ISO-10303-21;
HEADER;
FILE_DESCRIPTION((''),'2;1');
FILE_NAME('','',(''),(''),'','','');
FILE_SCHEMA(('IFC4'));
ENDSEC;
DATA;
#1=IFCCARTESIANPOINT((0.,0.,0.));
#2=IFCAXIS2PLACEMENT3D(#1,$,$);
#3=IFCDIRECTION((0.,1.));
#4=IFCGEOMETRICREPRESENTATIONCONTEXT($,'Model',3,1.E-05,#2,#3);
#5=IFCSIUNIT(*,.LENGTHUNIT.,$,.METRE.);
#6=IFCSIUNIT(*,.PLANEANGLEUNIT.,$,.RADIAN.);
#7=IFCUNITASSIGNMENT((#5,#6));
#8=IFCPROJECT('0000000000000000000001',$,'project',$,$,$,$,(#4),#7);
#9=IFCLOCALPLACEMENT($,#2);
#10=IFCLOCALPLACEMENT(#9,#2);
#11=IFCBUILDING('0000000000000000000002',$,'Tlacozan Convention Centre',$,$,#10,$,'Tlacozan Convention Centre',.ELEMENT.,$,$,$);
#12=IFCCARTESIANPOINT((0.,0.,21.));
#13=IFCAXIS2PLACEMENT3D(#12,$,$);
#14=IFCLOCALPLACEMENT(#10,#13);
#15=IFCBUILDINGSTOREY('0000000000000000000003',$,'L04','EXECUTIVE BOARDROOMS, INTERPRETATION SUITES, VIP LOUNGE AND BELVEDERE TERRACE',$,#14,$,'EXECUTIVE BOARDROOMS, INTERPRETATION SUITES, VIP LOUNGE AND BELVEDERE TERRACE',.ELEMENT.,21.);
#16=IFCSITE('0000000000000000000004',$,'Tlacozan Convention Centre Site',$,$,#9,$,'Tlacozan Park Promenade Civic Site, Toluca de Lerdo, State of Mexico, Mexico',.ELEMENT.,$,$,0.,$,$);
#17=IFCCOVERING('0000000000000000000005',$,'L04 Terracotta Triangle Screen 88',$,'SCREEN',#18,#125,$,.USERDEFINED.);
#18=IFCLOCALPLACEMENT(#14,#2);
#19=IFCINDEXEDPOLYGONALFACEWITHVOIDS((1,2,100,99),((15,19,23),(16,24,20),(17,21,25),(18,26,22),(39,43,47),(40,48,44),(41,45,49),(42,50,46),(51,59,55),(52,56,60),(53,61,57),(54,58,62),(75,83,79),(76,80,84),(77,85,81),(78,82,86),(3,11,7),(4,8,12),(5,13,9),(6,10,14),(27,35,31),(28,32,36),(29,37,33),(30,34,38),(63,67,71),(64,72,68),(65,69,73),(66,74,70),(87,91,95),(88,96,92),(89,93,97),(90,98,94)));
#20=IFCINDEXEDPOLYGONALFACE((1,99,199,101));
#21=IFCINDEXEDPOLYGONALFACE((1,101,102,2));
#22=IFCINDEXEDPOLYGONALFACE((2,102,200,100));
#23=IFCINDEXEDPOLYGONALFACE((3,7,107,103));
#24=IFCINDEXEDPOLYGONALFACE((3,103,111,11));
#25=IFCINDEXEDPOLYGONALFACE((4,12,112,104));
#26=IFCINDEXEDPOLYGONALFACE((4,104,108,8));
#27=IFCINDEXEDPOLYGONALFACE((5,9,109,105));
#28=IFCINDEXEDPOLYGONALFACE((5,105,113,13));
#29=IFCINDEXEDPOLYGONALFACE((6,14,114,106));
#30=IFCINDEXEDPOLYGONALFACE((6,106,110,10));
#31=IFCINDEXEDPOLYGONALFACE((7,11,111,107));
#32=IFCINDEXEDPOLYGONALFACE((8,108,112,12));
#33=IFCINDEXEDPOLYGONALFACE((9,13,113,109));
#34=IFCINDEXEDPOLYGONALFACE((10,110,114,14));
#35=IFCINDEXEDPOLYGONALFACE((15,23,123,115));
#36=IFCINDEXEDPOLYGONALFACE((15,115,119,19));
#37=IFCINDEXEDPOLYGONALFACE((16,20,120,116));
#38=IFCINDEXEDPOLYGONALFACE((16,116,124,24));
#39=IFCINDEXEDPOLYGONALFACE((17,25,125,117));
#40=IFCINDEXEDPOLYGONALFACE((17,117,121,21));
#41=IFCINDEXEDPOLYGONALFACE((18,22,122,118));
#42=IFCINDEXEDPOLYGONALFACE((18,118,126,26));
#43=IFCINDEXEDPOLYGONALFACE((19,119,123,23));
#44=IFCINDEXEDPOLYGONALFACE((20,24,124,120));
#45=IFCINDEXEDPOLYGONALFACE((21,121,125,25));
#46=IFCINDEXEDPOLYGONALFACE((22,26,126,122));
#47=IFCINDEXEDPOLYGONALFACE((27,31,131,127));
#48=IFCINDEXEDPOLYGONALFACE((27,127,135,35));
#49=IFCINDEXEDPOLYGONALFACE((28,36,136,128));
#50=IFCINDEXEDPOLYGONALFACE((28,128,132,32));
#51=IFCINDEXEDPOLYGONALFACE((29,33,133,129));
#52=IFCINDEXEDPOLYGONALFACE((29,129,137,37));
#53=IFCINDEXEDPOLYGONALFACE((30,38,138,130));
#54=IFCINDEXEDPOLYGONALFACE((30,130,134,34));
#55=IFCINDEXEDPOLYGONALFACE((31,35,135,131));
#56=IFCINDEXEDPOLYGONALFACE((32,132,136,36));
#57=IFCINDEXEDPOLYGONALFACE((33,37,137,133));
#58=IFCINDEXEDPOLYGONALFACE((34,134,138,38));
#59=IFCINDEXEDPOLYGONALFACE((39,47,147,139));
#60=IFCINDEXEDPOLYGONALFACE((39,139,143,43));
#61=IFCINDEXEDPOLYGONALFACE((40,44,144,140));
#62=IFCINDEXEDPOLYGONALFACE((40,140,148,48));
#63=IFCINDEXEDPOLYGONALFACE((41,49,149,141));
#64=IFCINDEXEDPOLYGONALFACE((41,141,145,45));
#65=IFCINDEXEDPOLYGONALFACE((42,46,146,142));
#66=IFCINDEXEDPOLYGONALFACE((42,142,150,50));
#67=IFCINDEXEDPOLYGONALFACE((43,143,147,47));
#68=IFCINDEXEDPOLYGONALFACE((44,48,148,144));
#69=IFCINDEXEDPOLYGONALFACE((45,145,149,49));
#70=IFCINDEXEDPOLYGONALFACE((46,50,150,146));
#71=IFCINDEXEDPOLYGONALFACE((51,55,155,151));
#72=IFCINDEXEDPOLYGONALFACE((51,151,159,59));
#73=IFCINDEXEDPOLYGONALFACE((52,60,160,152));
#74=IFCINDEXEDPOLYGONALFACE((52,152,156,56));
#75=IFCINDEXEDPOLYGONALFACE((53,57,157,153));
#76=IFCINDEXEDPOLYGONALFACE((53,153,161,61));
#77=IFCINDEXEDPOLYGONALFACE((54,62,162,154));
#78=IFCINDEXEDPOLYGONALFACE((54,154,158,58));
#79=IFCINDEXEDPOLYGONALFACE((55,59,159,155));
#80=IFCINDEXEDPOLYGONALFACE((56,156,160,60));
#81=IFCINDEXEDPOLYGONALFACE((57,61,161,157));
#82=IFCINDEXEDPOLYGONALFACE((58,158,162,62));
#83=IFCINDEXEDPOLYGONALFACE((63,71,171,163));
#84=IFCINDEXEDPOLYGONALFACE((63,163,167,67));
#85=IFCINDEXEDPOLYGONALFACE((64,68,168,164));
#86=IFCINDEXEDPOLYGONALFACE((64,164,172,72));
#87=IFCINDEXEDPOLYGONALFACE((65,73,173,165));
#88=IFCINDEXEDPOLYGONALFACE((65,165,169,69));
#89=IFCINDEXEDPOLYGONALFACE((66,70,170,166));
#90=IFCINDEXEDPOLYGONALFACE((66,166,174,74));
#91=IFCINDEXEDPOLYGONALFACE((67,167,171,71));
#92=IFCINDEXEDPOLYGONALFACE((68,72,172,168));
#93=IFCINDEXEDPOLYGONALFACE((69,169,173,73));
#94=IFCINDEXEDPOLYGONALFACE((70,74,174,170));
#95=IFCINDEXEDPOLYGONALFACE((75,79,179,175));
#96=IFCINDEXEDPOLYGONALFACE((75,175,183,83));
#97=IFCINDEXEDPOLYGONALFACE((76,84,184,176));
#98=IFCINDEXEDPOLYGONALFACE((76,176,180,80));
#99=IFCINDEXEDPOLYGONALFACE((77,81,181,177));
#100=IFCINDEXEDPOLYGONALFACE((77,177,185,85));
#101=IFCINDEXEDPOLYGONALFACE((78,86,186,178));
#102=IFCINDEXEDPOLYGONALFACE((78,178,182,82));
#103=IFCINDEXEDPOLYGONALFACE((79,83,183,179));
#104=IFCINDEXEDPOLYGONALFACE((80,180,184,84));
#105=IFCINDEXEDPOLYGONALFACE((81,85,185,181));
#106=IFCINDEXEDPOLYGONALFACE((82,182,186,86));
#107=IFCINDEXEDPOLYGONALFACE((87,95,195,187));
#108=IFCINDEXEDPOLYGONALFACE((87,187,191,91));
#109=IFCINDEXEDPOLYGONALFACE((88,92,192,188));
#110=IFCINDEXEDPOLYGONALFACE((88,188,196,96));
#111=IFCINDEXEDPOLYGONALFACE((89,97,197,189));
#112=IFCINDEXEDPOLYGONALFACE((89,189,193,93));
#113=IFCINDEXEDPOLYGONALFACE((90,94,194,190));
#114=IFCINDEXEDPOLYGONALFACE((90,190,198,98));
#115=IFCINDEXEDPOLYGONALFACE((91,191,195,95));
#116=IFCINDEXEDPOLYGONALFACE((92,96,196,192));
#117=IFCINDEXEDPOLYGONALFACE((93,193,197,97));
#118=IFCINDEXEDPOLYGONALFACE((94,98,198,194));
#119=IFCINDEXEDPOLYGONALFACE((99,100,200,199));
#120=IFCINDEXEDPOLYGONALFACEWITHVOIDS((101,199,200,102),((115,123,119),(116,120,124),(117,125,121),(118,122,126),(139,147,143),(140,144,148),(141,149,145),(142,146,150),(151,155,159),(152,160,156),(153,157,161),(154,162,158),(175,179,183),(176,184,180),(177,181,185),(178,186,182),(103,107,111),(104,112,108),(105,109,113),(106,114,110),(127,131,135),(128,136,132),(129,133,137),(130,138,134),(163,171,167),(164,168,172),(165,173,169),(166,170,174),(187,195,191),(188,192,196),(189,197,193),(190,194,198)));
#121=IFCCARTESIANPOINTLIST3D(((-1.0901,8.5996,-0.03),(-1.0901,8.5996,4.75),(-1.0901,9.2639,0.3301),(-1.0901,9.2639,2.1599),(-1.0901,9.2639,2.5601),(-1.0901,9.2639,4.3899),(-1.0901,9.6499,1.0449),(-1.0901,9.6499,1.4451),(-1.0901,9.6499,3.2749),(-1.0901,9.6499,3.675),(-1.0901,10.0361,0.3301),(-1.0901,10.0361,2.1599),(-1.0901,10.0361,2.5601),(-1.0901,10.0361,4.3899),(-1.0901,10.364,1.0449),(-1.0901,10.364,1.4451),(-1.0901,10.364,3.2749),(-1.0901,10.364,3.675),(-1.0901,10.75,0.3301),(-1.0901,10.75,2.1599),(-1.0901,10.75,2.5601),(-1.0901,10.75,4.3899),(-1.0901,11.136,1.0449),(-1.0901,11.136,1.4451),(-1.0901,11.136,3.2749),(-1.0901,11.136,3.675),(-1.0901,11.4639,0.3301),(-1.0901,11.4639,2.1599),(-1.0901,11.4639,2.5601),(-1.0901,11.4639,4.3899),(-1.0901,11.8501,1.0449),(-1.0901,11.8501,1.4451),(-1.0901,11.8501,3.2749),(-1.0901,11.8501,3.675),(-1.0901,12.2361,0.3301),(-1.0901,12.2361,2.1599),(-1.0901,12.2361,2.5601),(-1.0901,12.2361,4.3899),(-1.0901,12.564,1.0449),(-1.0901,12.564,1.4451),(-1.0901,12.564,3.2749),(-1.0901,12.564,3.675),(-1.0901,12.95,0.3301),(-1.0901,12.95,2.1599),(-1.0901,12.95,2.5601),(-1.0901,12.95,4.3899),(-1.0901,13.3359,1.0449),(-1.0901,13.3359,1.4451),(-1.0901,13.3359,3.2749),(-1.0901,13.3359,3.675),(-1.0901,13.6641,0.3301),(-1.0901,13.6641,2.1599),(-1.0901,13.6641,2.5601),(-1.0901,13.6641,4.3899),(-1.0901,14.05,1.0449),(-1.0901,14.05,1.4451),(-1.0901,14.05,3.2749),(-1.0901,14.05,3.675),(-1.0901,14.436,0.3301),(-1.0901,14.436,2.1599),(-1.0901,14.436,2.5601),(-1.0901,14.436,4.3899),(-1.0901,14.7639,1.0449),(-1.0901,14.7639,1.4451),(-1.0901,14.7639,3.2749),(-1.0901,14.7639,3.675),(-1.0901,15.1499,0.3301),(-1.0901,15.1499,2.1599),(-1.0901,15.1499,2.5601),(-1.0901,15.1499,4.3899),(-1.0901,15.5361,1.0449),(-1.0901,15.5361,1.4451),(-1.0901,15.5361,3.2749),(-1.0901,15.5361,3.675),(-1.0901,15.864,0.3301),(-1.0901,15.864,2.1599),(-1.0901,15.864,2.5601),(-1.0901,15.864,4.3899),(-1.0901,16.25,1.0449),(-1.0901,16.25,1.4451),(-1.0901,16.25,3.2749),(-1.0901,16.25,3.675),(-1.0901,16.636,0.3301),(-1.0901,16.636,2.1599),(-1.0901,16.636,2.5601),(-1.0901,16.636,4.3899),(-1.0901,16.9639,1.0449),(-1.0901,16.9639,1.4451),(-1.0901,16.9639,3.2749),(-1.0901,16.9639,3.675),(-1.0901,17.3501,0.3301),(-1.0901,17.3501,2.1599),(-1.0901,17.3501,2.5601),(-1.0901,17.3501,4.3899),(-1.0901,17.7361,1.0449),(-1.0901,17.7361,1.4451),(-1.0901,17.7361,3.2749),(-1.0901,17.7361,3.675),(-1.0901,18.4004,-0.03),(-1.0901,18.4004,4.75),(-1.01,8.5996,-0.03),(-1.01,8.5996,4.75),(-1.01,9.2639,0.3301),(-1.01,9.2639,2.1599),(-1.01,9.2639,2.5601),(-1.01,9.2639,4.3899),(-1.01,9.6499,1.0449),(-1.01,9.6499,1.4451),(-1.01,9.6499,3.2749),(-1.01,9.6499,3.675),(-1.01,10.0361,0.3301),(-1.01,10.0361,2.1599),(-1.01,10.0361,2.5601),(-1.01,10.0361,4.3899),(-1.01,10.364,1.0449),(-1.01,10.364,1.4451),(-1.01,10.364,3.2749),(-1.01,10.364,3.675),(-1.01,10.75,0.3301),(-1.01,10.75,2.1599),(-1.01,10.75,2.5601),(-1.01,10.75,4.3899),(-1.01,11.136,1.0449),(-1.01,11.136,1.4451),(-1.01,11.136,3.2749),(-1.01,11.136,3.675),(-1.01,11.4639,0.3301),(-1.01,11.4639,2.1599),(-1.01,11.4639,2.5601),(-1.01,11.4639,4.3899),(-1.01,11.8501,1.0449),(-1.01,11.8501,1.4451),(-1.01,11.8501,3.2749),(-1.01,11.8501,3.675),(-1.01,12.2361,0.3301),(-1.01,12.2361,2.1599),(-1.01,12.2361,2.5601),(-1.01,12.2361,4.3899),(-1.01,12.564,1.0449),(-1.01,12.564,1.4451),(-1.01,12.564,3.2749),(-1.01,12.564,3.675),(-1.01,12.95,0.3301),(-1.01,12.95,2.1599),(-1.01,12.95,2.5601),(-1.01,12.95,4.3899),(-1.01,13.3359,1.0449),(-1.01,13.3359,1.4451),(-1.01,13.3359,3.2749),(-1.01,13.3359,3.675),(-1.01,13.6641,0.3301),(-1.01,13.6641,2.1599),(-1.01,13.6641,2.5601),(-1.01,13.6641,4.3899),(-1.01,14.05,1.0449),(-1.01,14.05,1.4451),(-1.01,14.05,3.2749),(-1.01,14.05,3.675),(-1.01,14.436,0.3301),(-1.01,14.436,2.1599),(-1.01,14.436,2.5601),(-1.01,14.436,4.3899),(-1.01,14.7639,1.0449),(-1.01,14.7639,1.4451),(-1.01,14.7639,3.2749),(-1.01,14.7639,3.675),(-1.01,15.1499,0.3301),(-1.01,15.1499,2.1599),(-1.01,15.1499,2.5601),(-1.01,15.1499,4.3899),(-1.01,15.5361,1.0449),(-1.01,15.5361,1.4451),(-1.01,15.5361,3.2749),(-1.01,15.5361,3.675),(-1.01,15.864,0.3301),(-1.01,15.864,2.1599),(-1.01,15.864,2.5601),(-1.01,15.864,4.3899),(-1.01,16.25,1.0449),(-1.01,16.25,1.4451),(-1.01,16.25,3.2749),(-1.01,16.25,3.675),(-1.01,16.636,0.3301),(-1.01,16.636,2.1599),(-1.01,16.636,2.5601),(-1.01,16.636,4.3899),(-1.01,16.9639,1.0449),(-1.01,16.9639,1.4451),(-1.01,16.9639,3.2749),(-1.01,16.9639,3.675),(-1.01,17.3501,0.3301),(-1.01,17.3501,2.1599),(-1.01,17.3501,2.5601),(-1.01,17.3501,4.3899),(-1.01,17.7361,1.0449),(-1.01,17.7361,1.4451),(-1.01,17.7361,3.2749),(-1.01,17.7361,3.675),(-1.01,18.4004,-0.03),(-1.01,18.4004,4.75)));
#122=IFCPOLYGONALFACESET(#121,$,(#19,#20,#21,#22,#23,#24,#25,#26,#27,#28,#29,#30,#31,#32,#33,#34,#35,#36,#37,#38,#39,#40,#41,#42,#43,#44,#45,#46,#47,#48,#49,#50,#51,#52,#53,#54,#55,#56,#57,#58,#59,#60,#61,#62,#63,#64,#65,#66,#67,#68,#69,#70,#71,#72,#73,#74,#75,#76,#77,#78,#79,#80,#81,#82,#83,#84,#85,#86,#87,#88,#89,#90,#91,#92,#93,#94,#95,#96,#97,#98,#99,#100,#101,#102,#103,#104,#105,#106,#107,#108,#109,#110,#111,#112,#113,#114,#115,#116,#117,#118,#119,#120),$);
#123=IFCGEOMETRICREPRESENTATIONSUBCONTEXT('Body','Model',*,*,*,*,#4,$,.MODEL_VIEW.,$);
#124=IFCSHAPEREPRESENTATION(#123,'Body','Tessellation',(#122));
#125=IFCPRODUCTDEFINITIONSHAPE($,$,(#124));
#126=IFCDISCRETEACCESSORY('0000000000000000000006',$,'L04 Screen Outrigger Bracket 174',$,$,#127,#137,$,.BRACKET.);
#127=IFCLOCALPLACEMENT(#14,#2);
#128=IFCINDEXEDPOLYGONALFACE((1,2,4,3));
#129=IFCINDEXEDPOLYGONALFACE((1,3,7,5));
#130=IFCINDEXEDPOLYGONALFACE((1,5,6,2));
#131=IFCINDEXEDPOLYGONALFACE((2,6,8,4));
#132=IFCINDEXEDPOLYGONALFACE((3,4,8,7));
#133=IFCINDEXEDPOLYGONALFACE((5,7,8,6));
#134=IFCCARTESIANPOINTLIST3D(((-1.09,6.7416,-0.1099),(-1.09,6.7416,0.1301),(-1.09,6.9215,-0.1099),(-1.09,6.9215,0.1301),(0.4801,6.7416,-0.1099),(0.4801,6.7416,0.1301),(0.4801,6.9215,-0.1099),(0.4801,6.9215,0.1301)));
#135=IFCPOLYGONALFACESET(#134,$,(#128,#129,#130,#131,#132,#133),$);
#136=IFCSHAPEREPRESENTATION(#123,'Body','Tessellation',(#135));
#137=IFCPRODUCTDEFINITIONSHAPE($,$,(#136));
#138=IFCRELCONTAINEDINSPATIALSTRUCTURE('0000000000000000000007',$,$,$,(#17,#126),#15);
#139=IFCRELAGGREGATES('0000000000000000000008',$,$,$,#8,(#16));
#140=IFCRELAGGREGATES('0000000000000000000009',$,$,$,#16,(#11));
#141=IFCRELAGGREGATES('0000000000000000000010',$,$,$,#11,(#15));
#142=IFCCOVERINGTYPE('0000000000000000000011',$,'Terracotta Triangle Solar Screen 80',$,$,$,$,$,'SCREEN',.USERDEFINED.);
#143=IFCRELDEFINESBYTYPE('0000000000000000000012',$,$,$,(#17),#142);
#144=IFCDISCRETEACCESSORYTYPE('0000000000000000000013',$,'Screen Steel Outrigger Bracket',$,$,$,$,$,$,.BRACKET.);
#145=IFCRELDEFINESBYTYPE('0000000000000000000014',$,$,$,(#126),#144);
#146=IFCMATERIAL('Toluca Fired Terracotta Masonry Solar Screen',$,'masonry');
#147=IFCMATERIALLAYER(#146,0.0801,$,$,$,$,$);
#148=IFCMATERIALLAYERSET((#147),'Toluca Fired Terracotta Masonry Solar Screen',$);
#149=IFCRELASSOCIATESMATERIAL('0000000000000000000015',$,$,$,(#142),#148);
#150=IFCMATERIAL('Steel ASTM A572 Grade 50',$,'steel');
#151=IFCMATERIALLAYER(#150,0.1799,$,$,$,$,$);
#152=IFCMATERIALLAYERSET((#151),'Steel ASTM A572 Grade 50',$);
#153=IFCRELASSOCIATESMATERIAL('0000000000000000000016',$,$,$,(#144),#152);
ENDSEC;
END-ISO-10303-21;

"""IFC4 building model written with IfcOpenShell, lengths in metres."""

from ifc_helpers import new_model, si_unit, direction, frame, origin, origin_2d, place, context, subcontext, project, spatial, polyline, rectangle, outline, extrude, material, layer, layer_set, type_object, element, save


model = new_model("IFC4")

# Units and contexts
model_context = context("Model", 3, precision=1e-05, world=origin(), true_north=direction((0.0, 1.0)))
body_context = subcontext(model_context, "Body", "Model", "MODEL_VIEW")
ifc_project = project(units=[si_unit("LENGTHUNIT", "METRE"), si_unit("PLANEANGLEUNIT", "RADIAN")], contexts=[model_context])

# Site, building, storey
site_placement = place(None, origin())
site = spatial("IfcSite", under=ifc_project, at=site_placement, Name="Tlacozan Convention Centre Site", LongName="Tlacozan Park Promenade Civic Site, Toluca de Lerdo, State of Mexico, Mexico", CompositionType="ELEMENT", RefElevation=0.0)
building_placement = place(site_placement, origin())
building = spatial("IfcBuilding", under=site, at=building_placement, Name="Tlacozan Convention Centre", LongName="Tlacozan Convention Centre", CompositionType="ELEMENT")
storey_placement = place(building_placement, frame((0.0, 0.0, 21.0)))
storey = spatial("IfcBuildingStorey", under=building, at=storey_placement, Name="L04", Description="EXECUTIVE BOARDROOMS, INTERPRETATION SUITES, VIP LOUNGE AND BELVEDERE TERRACE", LongName="EXECUTIVE BOARDROOMS, INTERPRETATION SUITES, VIP LOUNGE AND BELVEDERE TERRACE", CompositionType="ELEMENT", Elevation=21.0)

# Covering
ifc_material_1 = material(Name="Toluca Fired Terracotta Masonry Solar Screen", Category="masonry")
ifc_layer_1 = layer(ifc_material_1, 0.0801)
ifc_layer_set_1 = layer_set([ifc_layer_1], Name="Toluca Fired Terracotta Masonry Solar Screen")
covering_type = type_object("IfcCoveringType", Name="Terracotta Triangle Solar Screen 80", ElementType="SCREEN", PredefinedType="USERDEFINED", material=ifc_layer_set_1)
covering_placement = place(storey_placement, frame((-1.05, 8.5996, -0.03), z_axis=(0.0, 0.0, 1.0), x_axis=(0.0, 1.0, 0.0)))
element("IfcCovering", 1, at=covering_placement, inside=storey, type_object=covering_type, Name="L04 Terracotta Triangle Screen 88", ObjectType="SCREEN", PredefinedType="USERDEFINED", context=body_context, shape_type="SweptSolid", body=[
    extrude(outline(polyline([(0.0, 0.0), (9.8008, 0.0), (9.8008, 4.78), (0.0, 4.78), (0.0, 0.0)]), holes=[polyline([(0.6643, 0.3601), (1.4365, 0.3601), (1.0503, 1.075), (0.6643, 0.3601)]), polyline([(1.7644, 1.075), (2.5364, 1.075), (2.1504, 0.3601), (1.7644, 1.075)]), polyline([(2.8643, 0.3601), (3.6365, 0.3601), (3.2505, 1.075), (2.8643, 0.3601)]), polyline([(3.9644, 1.075), (4.7363, 1.075), (4.3503, 0.3601), (3.9644, 1.075)]), polyline([(5.0645, 0.3601), (5.8364, 0.3601), (5.4504, 1.075), (5.0645, 0.3601)]), polyline([(6.1643, 1.075), (6.9365, 1.075), (6.5503, 0.3601), (6.1643, 1.075)]), polyline([(7.2644, 0.3601), (8.0364, 0.3601), (7.6504, 1.075), (7.2644, 0.3601)]), polyline([(8.3643, 1.075), (9.1365, 1.075), (8.7505, 0.3601), (8.3643, 1.075)]), polyline([(0.6643, 2.1899), (1.4365, 2.1899), (1.0503, 1.4751), (0.6643, 2.1899)]), polyline([(1.7644, 1.4751), (2.5364, 1.4751), (2.1504, 2.1899), (1.7644, 1.4751)]), polyline([(2.8643, 2.1899), (3.6365, 2.1899), (3.2505, 1.4751), (2.8643, 2.1899)]), polyline([(3.9644, 1.4751), (4.7363, 1.4751), (4.3503, 2.1899), (3.9644, 1.4751)]), polyline([(5.0645, 2.1899), (5.8364, 2.1899), (5.4504, 1.4751), (5.0645, 2.1899)]), polyline([(6.1643, 1.4751), (6.9365, 1.4751), (6.5503, 2.1899), (6.1643, 1.4751)]), polyline([(7.2644, 2.1899), (8.0364, 2.1899), (7.6504, 1.4751), (7.2644, 2.1899)]), polyline([(8.3643, 1.4751), (9.1365, 1.4751), (8.7505, 2.1899), (8.3643, 1.4751)]), polyline([(0.6643, 2.5901), (1.4365, 2.5901), (1.0503, 3.3049), (0.6643, 2.5901)]), polyline([(1.7644, 3.3049), (2.5364, 3.3049), (2.1504, 2.5901), (1.7644, 3.3049)]), polyline([(2.8643, 2.5901), (3.6365, 2.5901), (3.2505, 3.3049), (2.8643, 2.5901)]), polyline([(3.9644, 3.3049), (4.7363, 3.3049), (4.3503, 2.5901), (3.9644, 3.3049)]), polyline([(5.0645, 2.5901), (5.8364, 2.5901), (5.4504, 3.3049), (5.0645, 2.5901)]), polyline([(6.1643, 3.3049), (6.9365, 3.3049), (6.5503, 2.5901), (6.1643, 3.3049)]), polyline([(7.2644, 2.5901), (8.0364, 2.5901), (7.6504, 3.3049), (7.2644, 2.5901)]), polyline([(8.3643, 3.3049), (9.1365, 3.3049), (8.7505, 2.5901), (8.3643, 3.3049)]), polyline([(0.6643, 4.4199), (1.4365, 4.4199), (1.0503, 3.7051), (0.6643, 4.4199)]), polyline([(1.7644, 3.7051), (2.5364, 3.7051), (2.1504, 4.4199), (1.7644, 3.7051)]), polyline([(2.8643, 4.4199), (3.6365, 4.4199), (3.2505, 3.7051), (2.8643, 4.4199)]), polyline([(3.9644, 3.7051), (4.7363, 3.7051), (4.3503, 4.4199), (3.9644, 3.7051)]), polyline([(5.0645, 4.4199), (5.8364, 4.4199), (5.4504, 3.7051), (5.0645, 4.4199)]), polyline([(6.1643, 3.7051), (6.9365, 3.7051), (6.5503, 4.4199), (6.1643, 3.7051)]), polyline([(7.2644, 4.4199), (8.0364, 4.4199), (7.6504, 3.7051), (7.2644, 4.4199)]), polyline([(8.3643, 3.7051), (9.1365, 3.7051), (8.7505, 4.4199), (8.3643, 3.7051)])]), frame((0.0, 0.04, 0.0), z_axis=(0.0, -1.0, 0.0), x_axis=(1.0, 0.0, 0.0)), (0.0, 0.0, 1.0), 0.0801),
])

# Discrete accessory
ifc_material_2 = material(Name="Steel ASTM A572 Grade 50", Category="steel")
ifc_layer_2 = layer(ifc_material_2, 0.1799)
ifc_layer_set_2 = layer_set([ifc_layer_2], Name="Steel ASTM A572 Grade 50")
discrete_accessory_type = type_object("IfcDiscreteAccessoryType", Name="Screen Steel Outrigger Bracket", PredefinedType="BRACKET", material=ifc_layer_set_2)
discrete_accessory_placement = place(storey_placement, frame((-0.3049, 6.8315, -0.1099), z_axis=(0.0, 0.0, 1.0), x_axis=(1.0, 0.0, 0.0)))
element("IfcDiscreteAccessory", 2, at=discrete_accessory_placement, inside=storey, type_object=discrete_accessory_type, Name="L04 Screen Outrigger Bracket 174", PredefinedType="BRACKET", context=body_context, shape_type="SweptSolid", body=[
    extrude(rectangle(XDim=1.5701, YDim=0.1799, at=origin_2d()), origin(), (0.0, 0.0, 1.0), 0.24),
])

save(model, "model.ifc")
